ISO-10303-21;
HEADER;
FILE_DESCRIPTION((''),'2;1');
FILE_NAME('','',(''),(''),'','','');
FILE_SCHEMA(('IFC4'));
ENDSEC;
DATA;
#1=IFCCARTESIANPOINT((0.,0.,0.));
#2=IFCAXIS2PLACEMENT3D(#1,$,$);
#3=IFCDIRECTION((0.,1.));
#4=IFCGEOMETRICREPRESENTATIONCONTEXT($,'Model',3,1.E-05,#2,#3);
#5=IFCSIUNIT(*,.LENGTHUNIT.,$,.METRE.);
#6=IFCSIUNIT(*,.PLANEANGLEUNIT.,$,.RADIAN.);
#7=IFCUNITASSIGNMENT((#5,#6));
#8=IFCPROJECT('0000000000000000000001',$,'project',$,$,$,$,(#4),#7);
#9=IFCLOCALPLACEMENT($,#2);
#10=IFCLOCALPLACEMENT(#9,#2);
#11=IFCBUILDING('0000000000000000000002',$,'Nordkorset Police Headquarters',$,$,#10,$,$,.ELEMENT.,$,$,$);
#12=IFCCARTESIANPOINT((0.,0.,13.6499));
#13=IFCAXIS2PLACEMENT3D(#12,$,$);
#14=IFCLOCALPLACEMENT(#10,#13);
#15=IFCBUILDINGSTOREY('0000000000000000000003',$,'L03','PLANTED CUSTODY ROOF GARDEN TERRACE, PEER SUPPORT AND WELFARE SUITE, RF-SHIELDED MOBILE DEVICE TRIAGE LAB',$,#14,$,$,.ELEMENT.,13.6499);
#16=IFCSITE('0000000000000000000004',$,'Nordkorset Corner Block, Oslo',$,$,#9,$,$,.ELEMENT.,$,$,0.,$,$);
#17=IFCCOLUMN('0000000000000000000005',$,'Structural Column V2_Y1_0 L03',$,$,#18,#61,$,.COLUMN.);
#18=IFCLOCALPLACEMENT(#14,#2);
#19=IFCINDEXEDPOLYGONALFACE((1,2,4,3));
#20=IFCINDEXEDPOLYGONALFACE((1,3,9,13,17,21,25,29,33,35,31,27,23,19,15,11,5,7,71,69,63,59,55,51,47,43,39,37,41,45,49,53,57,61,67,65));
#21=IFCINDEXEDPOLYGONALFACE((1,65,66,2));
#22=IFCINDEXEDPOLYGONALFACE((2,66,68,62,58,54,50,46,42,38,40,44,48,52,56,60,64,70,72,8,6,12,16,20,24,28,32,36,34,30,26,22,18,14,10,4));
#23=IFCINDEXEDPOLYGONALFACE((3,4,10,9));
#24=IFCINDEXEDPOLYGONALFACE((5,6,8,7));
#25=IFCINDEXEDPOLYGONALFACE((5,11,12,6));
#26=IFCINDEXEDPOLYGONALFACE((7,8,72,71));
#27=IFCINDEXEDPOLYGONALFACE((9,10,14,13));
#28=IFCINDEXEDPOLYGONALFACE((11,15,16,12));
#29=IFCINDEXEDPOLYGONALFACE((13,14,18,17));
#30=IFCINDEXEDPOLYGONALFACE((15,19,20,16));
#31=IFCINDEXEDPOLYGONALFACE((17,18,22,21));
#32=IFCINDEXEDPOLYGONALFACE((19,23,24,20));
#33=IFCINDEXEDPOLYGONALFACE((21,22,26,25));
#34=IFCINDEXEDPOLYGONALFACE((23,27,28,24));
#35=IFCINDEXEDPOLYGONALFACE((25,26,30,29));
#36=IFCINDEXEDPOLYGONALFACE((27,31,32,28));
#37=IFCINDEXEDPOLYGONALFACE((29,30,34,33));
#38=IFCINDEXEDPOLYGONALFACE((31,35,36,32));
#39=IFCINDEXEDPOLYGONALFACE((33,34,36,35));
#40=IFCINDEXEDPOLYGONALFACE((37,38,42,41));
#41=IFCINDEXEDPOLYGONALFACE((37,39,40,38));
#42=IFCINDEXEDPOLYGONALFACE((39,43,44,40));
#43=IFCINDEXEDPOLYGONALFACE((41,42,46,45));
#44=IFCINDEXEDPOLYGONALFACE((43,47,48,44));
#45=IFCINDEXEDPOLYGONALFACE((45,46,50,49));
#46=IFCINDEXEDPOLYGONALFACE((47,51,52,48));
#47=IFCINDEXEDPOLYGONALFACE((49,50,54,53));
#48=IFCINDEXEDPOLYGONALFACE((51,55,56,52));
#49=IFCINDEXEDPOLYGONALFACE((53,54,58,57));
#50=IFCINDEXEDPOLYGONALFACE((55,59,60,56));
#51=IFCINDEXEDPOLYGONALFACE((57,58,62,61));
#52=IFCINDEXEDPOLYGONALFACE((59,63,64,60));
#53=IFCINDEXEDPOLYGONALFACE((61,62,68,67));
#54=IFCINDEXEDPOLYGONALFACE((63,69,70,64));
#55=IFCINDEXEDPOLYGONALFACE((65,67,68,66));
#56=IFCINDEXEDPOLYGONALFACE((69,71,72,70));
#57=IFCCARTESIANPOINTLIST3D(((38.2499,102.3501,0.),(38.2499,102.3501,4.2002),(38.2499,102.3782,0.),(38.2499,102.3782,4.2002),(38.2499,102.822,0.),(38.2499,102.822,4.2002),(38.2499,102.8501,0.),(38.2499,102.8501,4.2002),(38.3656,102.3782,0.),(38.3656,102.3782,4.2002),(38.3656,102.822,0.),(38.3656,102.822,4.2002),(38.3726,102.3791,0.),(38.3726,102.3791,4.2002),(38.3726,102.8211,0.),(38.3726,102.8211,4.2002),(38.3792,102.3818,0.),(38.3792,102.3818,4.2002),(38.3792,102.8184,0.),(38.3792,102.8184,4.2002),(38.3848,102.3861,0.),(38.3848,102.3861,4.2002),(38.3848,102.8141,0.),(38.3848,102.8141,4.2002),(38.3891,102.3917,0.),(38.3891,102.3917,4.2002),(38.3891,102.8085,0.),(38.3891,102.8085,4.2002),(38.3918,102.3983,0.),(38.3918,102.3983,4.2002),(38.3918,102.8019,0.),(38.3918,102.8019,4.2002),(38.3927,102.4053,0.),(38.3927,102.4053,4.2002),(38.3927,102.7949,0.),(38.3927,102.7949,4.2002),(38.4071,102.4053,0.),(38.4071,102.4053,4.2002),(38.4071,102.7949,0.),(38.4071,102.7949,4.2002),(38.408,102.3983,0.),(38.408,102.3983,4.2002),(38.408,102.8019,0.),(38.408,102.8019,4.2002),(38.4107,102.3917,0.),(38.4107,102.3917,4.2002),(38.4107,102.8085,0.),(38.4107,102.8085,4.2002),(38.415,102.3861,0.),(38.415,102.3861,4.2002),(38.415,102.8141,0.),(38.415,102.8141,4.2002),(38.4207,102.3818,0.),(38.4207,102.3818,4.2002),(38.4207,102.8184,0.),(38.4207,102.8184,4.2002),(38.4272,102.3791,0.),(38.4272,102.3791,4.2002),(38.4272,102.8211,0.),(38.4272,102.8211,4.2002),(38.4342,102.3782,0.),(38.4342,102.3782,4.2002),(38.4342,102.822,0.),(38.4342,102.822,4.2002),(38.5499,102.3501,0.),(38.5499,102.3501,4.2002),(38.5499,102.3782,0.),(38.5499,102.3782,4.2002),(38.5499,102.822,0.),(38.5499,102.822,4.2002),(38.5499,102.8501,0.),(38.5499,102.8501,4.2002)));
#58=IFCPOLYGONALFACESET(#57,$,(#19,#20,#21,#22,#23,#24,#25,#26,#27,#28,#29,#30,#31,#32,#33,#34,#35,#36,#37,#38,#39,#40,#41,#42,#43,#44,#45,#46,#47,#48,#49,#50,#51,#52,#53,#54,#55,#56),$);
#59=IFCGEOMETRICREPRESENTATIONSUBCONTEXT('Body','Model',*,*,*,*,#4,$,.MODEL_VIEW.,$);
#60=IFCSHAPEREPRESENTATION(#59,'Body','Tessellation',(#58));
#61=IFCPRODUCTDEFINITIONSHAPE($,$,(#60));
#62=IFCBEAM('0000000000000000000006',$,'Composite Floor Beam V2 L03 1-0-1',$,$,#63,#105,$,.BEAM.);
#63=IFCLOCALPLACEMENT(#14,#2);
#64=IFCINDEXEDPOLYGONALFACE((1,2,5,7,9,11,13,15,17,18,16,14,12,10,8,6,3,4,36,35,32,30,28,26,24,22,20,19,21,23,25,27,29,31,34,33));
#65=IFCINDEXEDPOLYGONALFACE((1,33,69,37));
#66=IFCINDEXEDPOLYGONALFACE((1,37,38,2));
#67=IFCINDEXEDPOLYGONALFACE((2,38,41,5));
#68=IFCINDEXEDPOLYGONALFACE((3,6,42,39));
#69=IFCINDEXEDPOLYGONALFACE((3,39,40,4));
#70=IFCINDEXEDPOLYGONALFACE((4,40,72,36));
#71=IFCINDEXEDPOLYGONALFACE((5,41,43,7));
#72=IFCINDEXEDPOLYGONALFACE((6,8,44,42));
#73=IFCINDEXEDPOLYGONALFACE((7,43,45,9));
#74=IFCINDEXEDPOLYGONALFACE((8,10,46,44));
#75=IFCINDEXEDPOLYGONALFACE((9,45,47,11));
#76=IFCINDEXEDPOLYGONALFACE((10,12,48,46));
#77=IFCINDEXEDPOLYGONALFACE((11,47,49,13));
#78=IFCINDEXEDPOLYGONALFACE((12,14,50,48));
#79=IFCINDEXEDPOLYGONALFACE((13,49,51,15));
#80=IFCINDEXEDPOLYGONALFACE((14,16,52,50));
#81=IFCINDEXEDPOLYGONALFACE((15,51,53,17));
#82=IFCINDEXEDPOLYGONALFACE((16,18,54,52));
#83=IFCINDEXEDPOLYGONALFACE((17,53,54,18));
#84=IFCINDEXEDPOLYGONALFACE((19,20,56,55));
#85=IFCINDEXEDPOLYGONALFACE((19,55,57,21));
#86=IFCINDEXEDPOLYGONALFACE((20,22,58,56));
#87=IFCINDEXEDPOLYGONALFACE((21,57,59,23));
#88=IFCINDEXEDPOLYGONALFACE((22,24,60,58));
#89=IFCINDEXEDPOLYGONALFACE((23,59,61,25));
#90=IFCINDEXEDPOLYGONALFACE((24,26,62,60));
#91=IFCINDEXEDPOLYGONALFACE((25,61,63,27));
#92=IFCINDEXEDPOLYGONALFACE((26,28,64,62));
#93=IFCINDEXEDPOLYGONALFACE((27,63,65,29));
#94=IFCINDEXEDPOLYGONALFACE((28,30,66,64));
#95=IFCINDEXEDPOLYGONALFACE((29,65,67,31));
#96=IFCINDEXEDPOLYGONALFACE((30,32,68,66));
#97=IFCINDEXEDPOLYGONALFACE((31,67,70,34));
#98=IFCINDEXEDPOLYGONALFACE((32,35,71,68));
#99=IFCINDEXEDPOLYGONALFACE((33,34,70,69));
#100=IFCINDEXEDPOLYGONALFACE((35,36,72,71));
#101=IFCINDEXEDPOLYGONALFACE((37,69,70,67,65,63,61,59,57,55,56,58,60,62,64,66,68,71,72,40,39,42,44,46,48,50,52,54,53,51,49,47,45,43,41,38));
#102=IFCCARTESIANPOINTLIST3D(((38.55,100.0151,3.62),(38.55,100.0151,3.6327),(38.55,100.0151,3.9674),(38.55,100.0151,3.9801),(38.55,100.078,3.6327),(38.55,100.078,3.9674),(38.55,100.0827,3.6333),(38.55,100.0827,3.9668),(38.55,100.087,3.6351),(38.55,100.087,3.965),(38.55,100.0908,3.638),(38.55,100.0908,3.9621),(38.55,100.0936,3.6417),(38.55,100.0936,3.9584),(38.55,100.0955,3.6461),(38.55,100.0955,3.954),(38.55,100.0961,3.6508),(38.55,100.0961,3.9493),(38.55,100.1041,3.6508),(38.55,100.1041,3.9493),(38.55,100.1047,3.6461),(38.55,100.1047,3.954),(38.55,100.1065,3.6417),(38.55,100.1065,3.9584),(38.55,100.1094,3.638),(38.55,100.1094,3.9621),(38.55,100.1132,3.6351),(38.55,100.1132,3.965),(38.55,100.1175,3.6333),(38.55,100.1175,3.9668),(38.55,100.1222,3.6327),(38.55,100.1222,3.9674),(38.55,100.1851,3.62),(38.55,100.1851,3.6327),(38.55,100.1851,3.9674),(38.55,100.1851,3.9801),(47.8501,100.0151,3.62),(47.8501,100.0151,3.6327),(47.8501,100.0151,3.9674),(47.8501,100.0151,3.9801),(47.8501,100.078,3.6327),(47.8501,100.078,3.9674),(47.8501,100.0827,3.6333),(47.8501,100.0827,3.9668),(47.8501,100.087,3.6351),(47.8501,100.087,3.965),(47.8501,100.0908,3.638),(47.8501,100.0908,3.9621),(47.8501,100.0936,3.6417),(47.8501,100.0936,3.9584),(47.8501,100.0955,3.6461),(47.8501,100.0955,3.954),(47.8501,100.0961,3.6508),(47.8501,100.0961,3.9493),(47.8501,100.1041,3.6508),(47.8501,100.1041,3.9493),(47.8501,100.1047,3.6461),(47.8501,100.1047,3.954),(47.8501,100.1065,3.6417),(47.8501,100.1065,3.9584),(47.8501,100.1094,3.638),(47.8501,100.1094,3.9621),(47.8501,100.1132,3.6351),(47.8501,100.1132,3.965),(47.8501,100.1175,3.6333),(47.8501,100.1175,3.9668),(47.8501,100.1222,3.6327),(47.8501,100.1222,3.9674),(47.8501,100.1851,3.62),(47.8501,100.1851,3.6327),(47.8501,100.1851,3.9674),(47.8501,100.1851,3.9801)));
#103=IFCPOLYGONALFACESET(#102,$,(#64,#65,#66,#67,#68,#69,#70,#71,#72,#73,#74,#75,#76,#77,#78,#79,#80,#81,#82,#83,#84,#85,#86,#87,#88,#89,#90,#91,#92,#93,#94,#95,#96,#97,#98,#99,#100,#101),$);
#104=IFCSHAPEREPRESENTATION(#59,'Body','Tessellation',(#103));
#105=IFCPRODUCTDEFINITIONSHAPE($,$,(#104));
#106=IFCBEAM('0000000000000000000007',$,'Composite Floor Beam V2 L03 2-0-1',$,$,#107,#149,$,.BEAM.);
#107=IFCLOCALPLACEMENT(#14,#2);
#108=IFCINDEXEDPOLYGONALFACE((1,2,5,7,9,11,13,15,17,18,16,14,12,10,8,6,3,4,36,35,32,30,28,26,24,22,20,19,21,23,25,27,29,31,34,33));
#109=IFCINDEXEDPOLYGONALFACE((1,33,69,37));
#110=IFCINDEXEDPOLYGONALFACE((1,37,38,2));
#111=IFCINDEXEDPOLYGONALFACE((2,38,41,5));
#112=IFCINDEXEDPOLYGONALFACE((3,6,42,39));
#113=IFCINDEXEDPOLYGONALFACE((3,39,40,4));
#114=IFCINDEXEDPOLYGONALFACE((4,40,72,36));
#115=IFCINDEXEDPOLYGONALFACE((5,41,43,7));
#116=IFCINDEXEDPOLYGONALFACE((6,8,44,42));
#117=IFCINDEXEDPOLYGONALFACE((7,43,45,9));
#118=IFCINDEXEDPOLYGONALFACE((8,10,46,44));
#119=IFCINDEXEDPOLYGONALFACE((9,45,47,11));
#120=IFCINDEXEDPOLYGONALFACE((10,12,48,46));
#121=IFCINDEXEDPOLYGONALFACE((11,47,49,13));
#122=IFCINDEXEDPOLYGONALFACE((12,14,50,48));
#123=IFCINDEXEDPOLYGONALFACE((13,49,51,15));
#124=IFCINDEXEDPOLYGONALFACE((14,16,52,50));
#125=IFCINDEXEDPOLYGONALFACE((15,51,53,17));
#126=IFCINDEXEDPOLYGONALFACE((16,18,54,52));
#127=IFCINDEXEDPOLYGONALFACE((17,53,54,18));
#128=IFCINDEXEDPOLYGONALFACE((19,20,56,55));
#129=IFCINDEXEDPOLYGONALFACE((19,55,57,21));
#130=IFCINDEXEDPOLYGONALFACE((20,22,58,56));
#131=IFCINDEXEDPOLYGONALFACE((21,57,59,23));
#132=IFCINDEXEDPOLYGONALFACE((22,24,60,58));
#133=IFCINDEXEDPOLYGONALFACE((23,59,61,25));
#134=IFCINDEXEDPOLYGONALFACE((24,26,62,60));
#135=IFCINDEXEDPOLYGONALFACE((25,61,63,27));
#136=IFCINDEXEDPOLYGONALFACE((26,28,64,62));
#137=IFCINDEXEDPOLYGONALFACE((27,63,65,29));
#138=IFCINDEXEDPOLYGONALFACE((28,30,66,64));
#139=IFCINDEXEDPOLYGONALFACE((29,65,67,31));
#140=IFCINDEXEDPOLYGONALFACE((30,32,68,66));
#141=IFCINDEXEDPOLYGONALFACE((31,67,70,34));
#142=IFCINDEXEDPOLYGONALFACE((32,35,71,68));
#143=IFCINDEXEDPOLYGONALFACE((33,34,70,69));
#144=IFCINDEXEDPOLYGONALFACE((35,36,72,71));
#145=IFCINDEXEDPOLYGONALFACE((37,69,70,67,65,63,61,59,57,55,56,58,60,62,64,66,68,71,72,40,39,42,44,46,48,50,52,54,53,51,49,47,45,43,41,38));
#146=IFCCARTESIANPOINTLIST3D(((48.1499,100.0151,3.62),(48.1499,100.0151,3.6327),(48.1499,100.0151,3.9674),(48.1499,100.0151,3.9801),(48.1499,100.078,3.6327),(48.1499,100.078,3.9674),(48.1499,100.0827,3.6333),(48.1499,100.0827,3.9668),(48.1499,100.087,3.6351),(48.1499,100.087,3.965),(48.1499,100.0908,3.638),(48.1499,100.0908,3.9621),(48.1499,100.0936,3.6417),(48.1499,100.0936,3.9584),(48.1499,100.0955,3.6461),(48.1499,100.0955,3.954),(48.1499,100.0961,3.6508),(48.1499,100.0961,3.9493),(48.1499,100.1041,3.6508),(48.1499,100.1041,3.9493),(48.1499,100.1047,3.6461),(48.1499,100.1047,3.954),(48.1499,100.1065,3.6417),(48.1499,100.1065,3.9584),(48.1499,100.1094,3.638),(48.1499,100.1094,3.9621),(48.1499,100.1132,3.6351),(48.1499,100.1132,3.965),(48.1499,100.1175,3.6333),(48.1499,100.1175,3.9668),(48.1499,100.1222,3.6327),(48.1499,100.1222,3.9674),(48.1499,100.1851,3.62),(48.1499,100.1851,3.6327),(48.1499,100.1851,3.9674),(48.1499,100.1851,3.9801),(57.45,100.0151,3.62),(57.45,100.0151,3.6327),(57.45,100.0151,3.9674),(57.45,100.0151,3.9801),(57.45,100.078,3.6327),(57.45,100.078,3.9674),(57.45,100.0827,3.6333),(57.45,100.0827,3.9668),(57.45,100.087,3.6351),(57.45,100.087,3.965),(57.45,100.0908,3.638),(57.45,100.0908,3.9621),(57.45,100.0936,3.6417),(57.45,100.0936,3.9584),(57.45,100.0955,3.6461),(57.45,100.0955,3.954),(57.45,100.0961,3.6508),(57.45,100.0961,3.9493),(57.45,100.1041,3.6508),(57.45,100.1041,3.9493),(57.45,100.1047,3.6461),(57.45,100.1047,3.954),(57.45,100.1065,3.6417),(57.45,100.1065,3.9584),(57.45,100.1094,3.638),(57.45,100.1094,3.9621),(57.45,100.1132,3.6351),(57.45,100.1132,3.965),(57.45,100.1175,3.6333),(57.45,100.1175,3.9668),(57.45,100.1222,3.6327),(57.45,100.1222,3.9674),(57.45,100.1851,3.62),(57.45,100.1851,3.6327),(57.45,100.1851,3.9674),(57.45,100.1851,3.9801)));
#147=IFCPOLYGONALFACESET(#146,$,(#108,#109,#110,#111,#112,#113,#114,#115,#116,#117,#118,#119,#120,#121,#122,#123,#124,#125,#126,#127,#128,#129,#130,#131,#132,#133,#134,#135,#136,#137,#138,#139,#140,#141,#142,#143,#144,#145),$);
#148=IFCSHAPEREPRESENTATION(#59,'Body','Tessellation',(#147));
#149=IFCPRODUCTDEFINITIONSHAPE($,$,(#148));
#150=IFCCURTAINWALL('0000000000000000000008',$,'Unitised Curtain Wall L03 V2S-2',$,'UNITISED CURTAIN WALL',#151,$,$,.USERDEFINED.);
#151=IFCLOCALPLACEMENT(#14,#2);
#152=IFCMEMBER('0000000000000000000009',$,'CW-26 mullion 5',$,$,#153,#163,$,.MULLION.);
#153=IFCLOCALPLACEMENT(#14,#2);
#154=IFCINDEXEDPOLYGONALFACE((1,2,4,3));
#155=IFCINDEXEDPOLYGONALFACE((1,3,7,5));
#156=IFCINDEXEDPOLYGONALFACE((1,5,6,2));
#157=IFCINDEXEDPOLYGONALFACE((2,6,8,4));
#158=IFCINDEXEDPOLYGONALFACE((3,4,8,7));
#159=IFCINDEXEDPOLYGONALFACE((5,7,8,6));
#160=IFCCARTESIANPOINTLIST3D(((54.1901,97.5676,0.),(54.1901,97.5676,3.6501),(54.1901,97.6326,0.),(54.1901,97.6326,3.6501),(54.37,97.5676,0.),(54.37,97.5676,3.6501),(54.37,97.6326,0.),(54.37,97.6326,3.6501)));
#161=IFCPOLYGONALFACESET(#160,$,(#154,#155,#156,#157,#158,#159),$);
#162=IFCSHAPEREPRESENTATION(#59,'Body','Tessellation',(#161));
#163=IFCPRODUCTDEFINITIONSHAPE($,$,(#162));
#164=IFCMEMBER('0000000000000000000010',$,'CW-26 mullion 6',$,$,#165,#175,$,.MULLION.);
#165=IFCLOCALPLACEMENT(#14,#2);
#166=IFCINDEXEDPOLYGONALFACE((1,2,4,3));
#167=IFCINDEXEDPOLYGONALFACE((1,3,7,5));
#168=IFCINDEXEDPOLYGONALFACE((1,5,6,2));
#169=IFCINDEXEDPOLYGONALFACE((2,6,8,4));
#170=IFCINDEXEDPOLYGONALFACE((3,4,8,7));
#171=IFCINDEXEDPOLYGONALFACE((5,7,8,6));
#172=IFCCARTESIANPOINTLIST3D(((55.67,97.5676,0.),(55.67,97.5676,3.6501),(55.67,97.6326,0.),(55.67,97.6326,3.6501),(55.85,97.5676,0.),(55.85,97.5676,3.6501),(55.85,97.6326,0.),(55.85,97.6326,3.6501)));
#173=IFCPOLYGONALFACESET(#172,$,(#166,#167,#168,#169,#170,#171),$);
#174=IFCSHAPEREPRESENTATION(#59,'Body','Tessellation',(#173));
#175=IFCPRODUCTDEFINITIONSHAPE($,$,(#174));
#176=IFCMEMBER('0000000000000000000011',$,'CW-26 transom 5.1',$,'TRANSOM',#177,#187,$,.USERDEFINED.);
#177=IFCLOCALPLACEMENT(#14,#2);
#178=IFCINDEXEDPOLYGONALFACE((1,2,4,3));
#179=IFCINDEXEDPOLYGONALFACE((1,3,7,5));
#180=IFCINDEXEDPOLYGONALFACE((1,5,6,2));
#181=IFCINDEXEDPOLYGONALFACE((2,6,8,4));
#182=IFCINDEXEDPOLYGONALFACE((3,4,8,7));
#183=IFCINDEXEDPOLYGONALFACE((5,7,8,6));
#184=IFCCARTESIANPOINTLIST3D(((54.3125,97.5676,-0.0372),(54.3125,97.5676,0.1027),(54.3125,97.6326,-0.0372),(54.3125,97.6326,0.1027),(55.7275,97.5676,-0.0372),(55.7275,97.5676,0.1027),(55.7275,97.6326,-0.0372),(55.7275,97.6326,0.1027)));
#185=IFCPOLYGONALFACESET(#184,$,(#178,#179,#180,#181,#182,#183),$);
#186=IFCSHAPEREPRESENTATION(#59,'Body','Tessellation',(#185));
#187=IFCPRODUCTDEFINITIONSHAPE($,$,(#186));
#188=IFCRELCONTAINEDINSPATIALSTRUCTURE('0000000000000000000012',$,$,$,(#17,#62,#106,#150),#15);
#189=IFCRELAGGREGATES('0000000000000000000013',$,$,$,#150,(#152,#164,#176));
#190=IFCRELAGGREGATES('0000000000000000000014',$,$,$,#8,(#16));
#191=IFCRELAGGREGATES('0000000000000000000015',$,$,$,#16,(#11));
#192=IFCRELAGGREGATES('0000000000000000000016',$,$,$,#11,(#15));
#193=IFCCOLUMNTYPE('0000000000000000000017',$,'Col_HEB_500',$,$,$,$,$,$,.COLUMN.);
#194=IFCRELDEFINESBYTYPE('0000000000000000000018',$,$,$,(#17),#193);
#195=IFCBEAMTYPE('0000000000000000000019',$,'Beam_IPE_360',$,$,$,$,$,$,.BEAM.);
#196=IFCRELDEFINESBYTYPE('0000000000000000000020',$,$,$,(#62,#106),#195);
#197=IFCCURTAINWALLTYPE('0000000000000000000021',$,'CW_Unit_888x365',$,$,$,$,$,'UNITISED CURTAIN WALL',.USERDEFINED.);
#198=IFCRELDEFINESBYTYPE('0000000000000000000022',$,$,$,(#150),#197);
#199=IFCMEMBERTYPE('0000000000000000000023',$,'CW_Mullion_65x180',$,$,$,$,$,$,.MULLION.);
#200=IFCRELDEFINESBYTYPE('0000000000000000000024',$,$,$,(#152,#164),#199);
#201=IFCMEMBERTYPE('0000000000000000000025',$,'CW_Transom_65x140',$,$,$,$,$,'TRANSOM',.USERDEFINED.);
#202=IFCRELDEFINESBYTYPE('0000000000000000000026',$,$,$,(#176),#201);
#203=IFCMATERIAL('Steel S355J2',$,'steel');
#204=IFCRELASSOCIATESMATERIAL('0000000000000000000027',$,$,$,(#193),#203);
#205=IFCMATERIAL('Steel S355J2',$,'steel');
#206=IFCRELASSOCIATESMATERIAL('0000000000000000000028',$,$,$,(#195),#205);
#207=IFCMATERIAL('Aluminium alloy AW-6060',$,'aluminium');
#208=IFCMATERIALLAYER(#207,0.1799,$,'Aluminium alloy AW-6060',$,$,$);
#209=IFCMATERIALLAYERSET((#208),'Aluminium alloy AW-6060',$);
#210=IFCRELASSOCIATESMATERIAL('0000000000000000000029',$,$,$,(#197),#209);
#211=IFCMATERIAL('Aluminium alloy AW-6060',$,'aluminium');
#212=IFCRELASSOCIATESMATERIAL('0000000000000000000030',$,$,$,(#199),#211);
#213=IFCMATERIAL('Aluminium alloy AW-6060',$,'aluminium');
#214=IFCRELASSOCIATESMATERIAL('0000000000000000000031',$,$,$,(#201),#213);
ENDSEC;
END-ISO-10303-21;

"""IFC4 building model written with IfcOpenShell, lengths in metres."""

from ifc_helpers import new_model, si_unit, direction, frame, origin, origin_2d, place, context, subcontext, project, spatial, rectangle, i_section, extrude, material, layer, layer_set, material_profile, profile_set, type_object, element, aggregate, save


model = new_model("IFC4")

# Units and contexts
model_context = context("Model", 3, precision=1e-05, world=origin(), true_north=direction((0.0, 1.0)))
body_context = subcontext(model_context, "Body", "Model", "MODEL_VIEW")
ifc_project = project(units=[si_unit("LENGTHUNIT", "METRE"), si_unit("PLANEANGLEUNIT", "RADIAN")], contexts=[model_context])

# Site, building, storey
site_placement = place(None, origin())
site = spatial("IfcSite", under=ifc_project, at=site_placement, Name="Nordkorset Corner Block, Oslo", CompositionType="ELEMENT", RefElevation=0.0)
building_placement = place(site_placement, origin())
building = spatial("IfcBuilding", under=site, at=building_placement, Name="Nordkorset Police Headquarters", CompositionType="ELEMENT")
storey_placement = place(building_placement, frame((0.0, 0.0, 13.6499)))
storey = spatial("IfcBuildingStorey", under=building, at=storey_placement, Name="L03", Description="PLANTED CUSTODY ROOF GARDEN TERRACE, PEER SUPPORT AND WELFARE SUITE, RF-SHIELDED MOBILE DEVICE TRIAGE LAB", CompositionType="ELEMENT", Elevation=13.6499)

# Column
ifc_material_1 = material(Name="Steel S355J2", Category="steel")
ifc_material_profile_1 = material_profile(ifc_material_1, i_section(OverallWidth=0.3, OverallDepth=0.5, WebThickness=0.0144, FlangeThickness=0.0281, FilletRadius=0.0271, at=origin_2d()), Name="HEB 500")
ifc_profile_set_1 = profile_set([ifc_material_profile_1], Name="Steel S355J2")
column_type = type_object("IfcColumnType", Name="Col_HEB_500", PredefinedType="COLUMN", material=ifc_profile_set_1)
column_placement = place(storey_placement, frame((38.3999, 102.6001, 0.0), z_axis=(0.0, 0.0, 1.0), x_axis=(1.0, 0.0, 0.0)))
element("IfcColumn", 1, at=column_placement, inside=storey, type_object=column_type, Name="Structural Column V2_Y1_0 L03", PredefinedType="COLUMN", context=body_context, shape_type="SweptSolid", body=[
    extrude(i_section(OverallWidth=0.3, OverallDepth=0.5, WebThickness=0.0144, FlangeThickness=0.0281, FilletRadius=0.0271, at=origin_2d()), origin(), (0.0, 0.0, 1.0), 4.2002),
])

# Beams
ifc_material_2 = material(Name="Steel S355J2", Category="steel")
ifc_material_profile_2 = material_profile(ifc_material_2, i_section(OverallWidth=0.1699, OverallDepth=0.3601, WebThickness=0.0081, FlangeThickness=0.0127, FilletRadius=0.0181, at=origin_2d()), Name="IPE 360")
ifc_profile_set_2 = profile_set([ifc_material_profile_2], Name="Steel S355J2")
beam_type_1 = type_object("IfcBeamType", Name="Beam_IPE_360", PredefinedType="BEAM", material=ifc_profile_set_2)
for number, where, z_axis, x_axis, name in (
    (2, (38.55, 100.1001, 3.8), (1.0, 0.0, 0.0), (0.0, 1.0, 0.0), "Composite Floor Beam V2 L03 1-0-1"),
    (3, (48.1499, 100.1001, 3.8), (1.0, 0.0, 0.0), (0.0, 1.0, 0.0), "Composite Floor Beam V2 L03 2-0-1"),
):
    element("IfcBeam", number, at=place(storey_placement, frame(where, z_axis=z_axis, x_axis=x_axis)), inside=storey, type_object=beam_type_1, Name=name, PredefinedType="BEAM", context=body_context, shape_type="SweptSolid", body=[
        extrude(i_section(OverallWidth=0.1699, OverallDepth=0.3601, WebThickness=0.0081, FlangeThickness=0.0127, FilletRadius=0.0181, at=origin_2d()), origin(), (0.0, 0.0, 1.0), 9.3),
    ])

# Curtain wall, members
ifc_material_3 = material(Name="Aluminium alloy AW-6060", Category="aluminium")
ifc_layer_1 = layer(ifc_material_3, 0.1799, Name="Aluminium alloy AW-6060")
ifc_layer_set_1 = layer_set([ifc_layer_1], Name="Aluminium alloy AW-6060")
curtain_wall_type = type_object("IfcCurtainWallType", Name="CW_Unit_888x365", ElementType="UNITISED CURTAIN WALL", PredefinedType="USERDEFINED", material=ifc_layer_set_1)
curtain_wall_placement = place(storey_placement, origin())
curtain_wall = element("IfcCurtainWall", 4, at=curtain_wall_placement, inside=storey, type_object=curtain_wall_type, Name="Unitised Curtain Wall L03 V2S-2", ObjectType="UNITISED CURTAIN WALL", PredefinedType="USERDEFINED")
ifc_material_4 = material(Name="Aluminium alloy AW-6060", Category="aluminium")
ifc_material_profile_3 = material_profile(ifc_material_4, rectangle(XDim=0.0649, YDim=0.1799, at=origin_2d()), Name="ALU MULL 65x180")
ifc_profile_set_3 = profile_set([ifc_material_profile_3], Name="Aluminium alloy AW-6060")
member_type_1 = type_object("IfcMemberType", Name="CW_Mullion_65x180", PredefinedType="MULLION", material=ifc_profile_set_3)
member_1_placement = place(storey_placement, frame((54.28, 97.6001, 0.0), z_axis=(0.0, 0.0, 1.0), x_axis=(0.0, 1.0, 0.0)))
member_1 = element("IfcMember", 5, at=member_1_placement, type_object=member_type_1, Name="CW-26 mullion 5", PredefinedType="MULLION", context=body_context, shape_type="SweptSolid", body=[
    extrude(rectangle(XDim=0.0649, YDim=0.1799, at=origin_2d()), origin(), (0.0, 0.0, 1.0), 3.6501),
])
member_2_placement = place(storey_placement, frame((55.76, 97.6001, 0.0), z_axis=(0.0, 0.0, 1.0), x_axis=(0.0, 1.0, 0.0)))
member_2 = element("IfcMember", 6, at=member_2_placement, type_object=member_type_1, Name="CW-26 mullion 6", PredefinedType="MULLION", context=body_context, shape_type="SweptSolid", body=[
    extrude(rectangle(XDim=0.0649, YDim=0.1799, at=origin_2d()), origin(), (0.0, 0.0, 1.0), 3.6501),
])
ifc_material_5 = material(Name="Aluminium alloy AW-6060", Category="aluminium")
ifc_material_profile_4 = material_profile(ifc_material_5, rectangle(XDim=0.0649, YDim=0.1399, at=origin_2d()), Name="ALU TRAN 65x140")
ifc_profile_set_4 = profile_set([ifc_material_profile_4], Name="Aluminium alloy AW-6060")
member_type_2 = type_object("IfcMemberType", Name="CW_Transom_65x140", ElementType="TRANSOM", PredefinedType="USERDEFINED", material=ifc_profile_set_4)
member_3_placement = place(storey_placement, frame((54.3125, 97.6001, 0.0327), z_axis=(1.0, 0.0, 0.0), x_axis=(0.0, 1.0, 0.0)))
member_3 = element("IfcMember", 7, at=member_3_placement, type_object=member_type_2, Name="CW-26 transom 5.1", ObjectType="TRANSOM", PredefinedType="USERDEFINED", context=body_context, shape_type="SweptSolid", body=[
    extrude(rectangle(XDim=0.0649, YDim=0.1399, at=origin_2d()), origin(), (0.0, 0.0, 1.0), 1.415),
])

aggregate(curtain_wall, [member_1, member_2, member_3])

save(model, "model.ifc")
